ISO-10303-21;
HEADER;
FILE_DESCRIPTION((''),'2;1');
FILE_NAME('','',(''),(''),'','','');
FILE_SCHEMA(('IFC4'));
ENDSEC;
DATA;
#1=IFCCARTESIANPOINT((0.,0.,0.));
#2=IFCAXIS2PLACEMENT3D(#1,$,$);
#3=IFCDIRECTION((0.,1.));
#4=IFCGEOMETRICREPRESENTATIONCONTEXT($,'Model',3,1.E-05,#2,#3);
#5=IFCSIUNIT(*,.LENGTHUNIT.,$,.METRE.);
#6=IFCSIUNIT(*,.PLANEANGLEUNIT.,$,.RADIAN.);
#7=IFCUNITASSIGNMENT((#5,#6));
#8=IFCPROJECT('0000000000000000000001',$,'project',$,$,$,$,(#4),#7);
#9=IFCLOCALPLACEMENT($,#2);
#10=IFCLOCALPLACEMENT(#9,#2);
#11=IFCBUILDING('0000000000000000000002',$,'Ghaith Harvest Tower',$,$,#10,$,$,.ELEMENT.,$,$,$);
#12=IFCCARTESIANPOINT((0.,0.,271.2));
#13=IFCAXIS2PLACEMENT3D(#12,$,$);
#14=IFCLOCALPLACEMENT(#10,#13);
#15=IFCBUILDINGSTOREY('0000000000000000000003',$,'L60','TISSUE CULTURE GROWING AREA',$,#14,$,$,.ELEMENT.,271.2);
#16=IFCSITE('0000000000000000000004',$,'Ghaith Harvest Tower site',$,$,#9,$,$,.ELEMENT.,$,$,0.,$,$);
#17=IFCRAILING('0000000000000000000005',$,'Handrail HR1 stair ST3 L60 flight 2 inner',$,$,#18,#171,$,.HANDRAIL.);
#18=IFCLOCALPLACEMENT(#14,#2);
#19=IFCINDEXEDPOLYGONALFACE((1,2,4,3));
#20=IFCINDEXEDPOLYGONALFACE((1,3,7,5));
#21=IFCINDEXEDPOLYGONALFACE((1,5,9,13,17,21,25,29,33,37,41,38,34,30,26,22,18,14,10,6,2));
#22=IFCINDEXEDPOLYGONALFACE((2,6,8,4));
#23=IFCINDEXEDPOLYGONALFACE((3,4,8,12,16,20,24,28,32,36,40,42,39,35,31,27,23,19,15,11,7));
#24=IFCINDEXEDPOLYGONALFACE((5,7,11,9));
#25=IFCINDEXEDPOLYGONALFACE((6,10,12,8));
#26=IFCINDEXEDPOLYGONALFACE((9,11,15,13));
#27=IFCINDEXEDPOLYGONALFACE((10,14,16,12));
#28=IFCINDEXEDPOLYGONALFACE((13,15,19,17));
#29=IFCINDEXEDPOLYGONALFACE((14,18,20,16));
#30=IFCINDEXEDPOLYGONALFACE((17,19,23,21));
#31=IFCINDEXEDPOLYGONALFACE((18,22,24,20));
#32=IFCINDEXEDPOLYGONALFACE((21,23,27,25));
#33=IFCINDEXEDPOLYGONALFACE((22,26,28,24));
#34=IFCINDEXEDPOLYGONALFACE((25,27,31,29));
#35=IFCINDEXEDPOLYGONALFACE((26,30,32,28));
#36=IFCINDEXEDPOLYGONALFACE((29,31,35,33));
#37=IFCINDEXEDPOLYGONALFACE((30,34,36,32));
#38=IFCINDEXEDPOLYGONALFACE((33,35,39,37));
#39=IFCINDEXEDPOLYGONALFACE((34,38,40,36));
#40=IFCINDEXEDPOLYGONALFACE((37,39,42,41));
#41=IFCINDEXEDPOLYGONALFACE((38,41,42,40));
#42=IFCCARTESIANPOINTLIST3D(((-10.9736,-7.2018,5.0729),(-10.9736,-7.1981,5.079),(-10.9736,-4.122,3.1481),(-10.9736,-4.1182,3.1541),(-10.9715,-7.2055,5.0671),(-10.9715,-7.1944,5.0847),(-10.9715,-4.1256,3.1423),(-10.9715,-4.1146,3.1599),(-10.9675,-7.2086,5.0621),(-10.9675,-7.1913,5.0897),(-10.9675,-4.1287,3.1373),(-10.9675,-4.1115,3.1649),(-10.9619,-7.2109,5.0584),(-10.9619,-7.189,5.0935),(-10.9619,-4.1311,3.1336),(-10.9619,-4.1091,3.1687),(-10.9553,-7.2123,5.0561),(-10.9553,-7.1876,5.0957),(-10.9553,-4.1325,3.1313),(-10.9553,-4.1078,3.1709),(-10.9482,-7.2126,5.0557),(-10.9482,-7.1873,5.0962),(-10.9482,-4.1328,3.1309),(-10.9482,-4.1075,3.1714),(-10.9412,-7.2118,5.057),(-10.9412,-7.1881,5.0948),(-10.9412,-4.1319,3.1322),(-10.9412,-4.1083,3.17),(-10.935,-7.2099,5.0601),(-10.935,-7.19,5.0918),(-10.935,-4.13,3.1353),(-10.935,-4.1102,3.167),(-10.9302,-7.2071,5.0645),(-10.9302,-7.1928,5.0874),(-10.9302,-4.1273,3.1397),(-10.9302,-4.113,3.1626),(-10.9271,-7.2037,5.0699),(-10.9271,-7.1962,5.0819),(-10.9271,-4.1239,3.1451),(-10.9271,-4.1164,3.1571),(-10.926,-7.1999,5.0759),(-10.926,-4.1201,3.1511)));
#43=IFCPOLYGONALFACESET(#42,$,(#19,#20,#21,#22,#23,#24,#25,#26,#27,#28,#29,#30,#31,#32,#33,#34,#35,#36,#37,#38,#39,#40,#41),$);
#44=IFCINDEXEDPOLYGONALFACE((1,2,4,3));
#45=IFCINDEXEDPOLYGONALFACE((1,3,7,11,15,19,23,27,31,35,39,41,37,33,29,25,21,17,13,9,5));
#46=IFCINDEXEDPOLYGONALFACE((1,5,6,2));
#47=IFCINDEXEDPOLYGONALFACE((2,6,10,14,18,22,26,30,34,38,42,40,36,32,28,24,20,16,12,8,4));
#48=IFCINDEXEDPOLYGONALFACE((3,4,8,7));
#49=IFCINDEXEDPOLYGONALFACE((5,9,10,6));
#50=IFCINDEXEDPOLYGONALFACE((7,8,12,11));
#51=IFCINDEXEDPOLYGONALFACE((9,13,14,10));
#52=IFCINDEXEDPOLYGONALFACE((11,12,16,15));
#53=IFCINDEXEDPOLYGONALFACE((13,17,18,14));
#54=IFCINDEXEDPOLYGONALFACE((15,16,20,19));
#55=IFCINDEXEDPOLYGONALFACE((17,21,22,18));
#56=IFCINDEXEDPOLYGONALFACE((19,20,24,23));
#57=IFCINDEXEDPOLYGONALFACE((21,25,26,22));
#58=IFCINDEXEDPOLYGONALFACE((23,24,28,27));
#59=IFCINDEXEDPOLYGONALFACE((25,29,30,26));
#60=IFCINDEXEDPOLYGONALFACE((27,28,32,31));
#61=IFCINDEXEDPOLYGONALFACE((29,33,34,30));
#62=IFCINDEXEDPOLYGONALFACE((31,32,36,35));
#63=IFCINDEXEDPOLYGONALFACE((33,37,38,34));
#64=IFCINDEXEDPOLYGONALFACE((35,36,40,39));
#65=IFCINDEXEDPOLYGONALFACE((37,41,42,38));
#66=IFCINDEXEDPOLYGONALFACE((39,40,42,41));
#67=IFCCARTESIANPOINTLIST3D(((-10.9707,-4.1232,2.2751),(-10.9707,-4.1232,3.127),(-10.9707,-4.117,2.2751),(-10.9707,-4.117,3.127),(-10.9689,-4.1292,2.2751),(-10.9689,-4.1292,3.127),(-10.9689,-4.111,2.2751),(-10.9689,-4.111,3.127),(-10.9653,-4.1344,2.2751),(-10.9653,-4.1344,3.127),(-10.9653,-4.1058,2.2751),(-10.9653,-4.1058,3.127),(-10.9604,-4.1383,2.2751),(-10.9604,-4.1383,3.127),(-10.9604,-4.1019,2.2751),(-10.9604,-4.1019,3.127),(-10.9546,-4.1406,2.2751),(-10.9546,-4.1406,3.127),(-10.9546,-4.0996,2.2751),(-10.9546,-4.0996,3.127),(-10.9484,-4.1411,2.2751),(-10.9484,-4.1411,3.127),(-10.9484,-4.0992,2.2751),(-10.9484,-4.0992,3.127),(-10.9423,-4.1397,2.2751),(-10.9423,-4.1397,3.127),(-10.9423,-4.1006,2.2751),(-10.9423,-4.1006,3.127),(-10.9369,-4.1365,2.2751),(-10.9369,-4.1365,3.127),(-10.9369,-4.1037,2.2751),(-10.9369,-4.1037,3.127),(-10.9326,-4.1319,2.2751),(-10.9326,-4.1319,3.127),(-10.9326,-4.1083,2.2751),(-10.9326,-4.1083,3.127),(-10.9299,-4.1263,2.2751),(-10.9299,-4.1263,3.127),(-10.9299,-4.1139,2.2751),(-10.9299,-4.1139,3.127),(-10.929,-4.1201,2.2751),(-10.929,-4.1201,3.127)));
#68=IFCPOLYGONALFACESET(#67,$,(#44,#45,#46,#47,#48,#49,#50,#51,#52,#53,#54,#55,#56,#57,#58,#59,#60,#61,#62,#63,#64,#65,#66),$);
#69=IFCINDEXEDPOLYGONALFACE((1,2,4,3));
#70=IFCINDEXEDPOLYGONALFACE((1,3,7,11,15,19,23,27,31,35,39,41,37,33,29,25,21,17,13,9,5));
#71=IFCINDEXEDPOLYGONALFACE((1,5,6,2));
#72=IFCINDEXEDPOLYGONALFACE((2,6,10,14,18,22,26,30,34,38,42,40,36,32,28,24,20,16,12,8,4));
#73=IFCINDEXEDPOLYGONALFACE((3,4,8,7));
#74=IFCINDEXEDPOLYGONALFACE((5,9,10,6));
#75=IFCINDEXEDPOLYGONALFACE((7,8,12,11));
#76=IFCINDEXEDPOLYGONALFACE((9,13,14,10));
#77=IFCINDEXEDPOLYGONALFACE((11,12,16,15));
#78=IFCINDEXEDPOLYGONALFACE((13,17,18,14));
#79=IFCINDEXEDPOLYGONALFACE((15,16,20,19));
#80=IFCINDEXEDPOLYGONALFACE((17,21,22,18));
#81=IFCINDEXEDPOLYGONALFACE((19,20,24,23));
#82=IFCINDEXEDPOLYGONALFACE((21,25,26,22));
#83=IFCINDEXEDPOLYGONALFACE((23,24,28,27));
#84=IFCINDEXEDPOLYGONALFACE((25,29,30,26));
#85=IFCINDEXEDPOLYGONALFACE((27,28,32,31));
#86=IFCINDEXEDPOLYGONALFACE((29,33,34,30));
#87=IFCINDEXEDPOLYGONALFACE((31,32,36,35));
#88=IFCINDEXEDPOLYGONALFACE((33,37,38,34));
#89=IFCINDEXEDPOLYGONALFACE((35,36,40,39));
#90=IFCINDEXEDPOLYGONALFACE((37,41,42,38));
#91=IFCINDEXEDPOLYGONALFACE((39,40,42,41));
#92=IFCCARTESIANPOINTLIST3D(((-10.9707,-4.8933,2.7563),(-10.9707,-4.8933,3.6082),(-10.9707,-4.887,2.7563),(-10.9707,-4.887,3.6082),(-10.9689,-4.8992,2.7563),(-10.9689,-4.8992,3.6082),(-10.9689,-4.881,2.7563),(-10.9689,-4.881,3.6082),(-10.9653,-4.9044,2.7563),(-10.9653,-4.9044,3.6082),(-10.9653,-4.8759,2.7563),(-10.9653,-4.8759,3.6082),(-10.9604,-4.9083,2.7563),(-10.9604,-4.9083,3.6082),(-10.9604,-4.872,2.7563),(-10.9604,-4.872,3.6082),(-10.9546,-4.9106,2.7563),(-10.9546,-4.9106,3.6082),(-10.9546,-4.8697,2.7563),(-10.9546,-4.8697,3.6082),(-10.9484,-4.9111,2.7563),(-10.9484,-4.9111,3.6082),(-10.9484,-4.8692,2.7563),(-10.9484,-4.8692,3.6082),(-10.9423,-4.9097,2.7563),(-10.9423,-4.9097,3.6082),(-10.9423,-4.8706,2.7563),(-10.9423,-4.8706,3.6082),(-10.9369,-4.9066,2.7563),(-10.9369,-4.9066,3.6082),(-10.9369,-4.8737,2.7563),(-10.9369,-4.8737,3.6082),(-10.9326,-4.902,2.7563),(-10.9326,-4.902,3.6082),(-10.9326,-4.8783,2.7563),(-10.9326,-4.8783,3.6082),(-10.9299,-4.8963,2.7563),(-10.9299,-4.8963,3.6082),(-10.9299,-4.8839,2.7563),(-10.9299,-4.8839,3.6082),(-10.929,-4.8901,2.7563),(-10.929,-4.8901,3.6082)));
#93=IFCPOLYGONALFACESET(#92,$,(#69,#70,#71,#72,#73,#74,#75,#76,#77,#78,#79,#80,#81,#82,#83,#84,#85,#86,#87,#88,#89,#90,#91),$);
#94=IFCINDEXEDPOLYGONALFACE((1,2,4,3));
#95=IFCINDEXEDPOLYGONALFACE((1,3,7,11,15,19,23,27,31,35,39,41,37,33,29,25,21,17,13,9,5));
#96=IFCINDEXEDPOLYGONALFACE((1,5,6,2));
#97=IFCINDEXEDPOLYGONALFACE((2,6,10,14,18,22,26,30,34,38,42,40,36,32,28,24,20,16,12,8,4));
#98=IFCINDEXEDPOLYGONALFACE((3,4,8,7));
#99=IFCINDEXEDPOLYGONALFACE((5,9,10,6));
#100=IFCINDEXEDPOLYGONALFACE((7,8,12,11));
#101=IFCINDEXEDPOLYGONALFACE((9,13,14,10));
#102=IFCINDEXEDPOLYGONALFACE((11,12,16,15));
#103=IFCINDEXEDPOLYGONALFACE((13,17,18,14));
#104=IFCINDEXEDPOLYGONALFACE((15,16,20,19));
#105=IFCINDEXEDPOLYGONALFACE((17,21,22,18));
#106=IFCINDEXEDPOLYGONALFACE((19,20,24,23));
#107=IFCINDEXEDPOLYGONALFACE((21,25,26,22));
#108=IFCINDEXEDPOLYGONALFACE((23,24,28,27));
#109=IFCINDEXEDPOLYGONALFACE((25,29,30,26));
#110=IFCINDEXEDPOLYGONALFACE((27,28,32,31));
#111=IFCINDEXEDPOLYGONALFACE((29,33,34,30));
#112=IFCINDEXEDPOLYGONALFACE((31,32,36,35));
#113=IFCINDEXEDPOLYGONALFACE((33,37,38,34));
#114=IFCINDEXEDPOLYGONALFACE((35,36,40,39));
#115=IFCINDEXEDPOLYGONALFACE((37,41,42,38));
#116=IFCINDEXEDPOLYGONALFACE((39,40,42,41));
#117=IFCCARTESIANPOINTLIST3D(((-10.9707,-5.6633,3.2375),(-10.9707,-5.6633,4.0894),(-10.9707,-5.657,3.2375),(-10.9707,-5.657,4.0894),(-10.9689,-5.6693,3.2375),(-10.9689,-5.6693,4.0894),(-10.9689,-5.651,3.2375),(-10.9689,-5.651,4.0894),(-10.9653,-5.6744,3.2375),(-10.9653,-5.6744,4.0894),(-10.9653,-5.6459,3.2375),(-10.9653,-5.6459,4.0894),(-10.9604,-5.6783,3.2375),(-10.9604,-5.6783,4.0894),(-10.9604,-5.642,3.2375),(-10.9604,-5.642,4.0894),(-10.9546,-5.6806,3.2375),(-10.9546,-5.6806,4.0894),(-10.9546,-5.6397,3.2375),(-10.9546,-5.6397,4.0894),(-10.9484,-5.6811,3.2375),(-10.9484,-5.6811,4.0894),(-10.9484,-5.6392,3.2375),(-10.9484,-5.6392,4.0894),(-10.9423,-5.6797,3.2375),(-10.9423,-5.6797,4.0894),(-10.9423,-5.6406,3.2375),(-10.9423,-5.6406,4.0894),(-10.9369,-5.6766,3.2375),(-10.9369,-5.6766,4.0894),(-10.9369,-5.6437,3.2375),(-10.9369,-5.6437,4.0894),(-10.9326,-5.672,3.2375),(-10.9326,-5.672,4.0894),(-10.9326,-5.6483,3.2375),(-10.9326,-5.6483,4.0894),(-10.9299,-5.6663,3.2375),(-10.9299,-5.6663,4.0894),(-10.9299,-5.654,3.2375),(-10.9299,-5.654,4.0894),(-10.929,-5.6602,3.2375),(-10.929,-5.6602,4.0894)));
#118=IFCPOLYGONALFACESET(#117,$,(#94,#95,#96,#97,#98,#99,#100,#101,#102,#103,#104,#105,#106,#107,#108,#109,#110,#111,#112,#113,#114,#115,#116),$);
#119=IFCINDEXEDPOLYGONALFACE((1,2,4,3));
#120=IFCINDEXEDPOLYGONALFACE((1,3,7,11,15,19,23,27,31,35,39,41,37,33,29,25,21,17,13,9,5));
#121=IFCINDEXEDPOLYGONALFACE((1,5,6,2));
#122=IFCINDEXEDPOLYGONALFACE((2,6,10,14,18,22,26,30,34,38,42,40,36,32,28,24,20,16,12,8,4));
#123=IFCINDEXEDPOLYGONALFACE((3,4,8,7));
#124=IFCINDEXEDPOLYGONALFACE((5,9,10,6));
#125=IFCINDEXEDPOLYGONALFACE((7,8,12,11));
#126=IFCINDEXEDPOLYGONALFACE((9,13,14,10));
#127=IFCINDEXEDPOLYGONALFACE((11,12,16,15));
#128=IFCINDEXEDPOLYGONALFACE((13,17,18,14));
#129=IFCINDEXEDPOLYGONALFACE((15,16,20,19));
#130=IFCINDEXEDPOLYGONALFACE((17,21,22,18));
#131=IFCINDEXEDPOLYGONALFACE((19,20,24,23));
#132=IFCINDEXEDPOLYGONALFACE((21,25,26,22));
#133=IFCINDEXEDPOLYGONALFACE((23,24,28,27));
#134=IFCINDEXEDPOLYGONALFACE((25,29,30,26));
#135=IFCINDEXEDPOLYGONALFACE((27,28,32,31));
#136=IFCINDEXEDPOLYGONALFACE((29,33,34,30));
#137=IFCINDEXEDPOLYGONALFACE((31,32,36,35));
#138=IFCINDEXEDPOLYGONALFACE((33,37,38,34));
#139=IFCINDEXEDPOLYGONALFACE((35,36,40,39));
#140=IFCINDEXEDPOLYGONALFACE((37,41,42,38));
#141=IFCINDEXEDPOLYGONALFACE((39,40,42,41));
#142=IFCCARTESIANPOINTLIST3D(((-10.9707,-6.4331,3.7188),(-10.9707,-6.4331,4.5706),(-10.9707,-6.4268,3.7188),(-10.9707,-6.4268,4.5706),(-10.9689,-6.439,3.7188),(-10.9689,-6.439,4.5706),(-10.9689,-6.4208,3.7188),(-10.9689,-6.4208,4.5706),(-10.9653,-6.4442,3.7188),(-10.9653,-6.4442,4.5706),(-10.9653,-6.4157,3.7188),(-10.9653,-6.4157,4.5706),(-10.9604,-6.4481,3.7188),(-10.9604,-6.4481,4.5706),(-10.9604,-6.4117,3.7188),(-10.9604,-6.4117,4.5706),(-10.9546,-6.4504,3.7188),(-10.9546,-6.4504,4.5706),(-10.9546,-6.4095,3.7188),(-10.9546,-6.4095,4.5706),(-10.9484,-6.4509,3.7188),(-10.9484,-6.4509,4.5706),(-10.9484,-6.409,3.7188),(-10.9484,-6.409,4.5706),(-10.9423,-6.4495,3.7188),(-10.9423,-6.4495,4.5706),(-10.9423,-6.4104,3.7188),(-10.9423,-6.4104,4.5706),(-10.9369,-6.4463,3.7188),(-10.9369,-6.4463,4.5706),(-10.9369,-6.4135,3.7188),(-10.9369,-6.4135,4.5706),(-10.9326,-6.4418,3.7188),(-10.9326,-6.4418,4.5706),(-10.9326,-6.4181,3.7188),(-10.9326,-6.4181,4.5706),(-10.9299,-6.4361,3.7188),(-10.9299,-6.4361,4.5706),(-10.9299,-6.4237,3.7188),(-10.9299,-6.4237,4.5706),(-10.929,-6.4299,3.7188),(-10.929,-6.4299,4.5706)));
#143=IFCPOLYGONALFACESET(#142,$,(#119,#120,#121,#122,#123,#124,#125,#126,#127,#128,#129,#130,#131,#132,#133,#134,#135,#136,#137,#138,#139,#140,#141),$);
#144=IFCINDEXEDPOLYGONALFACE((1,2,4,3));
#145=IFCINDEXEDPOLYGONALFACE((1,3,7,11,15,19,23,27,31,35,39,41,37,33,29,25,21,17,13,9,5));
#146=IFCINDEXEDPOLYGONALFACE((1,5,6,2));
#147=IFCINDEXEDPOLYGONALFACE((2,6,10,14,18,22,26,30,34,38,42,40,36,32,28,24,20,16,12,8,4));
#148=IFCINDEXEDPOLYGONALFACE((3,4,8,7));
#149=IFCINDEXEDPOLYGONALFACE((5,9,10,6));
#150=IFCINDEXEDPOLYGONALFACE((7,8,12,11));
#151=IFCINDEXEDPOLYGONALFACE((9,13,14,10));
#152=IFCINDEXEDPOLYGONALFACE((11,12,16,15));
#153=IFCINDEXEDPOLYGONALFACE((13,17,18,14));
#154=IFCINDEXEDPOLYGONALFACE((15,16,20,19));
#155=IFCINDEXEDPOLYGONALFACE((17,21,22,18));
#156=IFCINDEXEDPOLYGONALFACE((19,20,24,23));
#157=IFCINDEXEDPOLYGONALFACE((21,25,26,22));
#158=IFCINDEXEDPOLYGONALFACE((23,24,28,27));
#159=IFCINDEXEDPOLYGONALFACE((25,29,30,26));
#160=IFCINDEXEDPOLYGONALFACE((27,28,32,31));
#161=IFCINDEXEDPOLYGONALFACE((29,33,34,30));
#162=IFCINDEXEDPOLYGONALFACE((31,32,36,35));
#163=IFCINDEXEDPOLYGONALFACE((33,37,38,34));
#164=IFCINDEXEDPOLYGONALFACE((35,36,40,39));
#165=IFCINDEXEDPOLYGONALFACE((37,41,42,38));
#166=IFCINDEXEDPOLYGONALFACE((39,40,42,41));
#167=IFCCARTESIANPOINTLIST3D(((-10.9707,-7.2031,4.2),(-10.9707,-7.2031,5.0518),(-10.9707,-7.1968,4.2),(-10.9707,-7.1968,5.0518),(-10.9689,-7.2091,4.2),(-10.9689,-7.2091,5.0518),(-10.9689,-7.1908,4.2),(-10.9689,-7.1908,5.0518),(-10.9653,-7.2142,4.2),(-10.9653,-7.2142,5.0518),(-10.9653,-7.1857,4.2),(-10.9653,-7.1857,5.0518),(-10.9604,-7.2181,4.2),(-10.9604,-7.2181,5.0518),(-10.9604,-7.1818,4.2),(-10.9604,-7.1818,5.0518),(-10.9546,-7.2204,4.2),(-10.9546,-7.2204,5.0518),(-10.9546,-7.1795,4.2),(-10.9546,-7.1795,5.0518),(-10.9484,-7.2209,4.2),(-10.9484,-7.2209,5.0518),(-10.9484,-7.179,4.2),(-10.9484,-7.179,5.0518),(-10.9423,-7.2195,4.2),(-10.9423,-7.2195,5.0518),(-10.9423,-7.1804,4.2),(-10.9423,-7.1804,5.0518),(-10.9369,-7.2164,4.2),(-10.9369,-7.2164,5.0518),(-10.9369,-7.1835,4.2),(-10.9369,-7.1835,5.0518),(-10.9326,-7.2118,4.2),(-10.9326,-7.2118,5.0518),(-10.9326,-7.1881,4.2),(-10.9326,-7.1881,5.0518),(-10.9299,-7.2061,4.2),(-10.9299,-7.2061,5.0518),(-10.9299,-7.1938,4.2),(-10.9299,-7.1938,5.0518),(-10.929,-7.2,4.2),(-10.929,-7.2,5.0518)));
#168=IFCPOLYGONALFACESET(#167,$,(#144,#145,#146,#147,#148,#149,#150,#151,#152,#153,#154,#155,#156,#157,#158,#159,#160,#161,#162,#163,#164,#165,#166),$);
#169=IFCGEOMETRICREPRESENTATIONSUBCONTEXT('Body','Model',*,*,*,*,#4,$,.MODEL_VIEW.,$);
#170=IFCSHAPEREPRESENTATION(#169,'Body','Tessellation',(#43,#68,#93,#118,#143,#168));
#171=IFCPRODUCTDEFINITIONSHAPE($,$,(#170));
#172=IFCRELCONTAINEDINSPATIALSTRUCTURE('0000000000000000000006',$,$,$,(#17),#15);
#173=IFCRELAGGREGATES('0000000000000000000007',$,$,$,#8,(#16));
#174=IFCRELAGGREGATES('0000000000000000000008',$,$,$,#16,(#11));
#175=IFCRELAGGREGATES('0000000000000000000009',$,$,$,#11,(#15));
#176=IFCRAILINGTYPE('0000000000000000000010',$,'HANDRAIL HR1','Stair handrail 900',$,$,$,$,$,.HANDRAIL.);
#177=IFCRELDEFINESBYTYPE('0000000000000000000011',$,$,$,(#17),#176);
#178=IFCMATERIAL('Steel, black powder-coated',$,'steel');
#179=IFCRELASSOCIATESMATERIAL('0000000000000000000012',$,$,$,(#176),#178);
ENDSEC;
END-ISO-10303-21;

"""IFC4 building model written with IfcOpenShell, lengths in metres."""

from ifc_helpers import new_model, si_unit, direction, frame, origin, origin_2d, place, context, subcontext, project, spatial, circle, extrude, material, type_object, element, save


model = new_model("IFC4")

# Units and contexts
model_context = context("Model", 3, precision=1e-05, world=origin(), true_north=direction((0.0, 1.0)))
body_context = subcontext(model_context, "Body", "Model", "MODEL_VIEW")
ifc_project = project(units=[si_unit("LENGTHUNIT", "METRE"), si_unit("PLANEANGLEUNIT", "RADIAN")], contexts=[model_context])

# Site, building, storey
site_placement = place(None, origin())
site = spatial("IfcSite", under=ifc_project, at=site_placement, Name="Ghaith Harvest Tower site", CompositionType="ELEMENT", RefElevation=0.0)
building_placement = place(site_placement, origin())
building = spatial("IfcBuilding", under=site, at=building_placement, Name="Ghaith Harvest Tower", CompositionType="ELEMENT")
storey_placement = place(building_placement, frame((0.0, 0.0, 271.2)))
storey = spatial("IfcBuildingStorey", under=building, at=storey_placement, Name="L60", Description="TISSUE CULTURE GROWING AREA", CompositionType="ELEMENT", Elevation=271.2)

# Railing
ifc_material_1 = material(Name="Steel, black powder-coated", Category="steel")
railing_type = type_object("IfcRailingType", Name="HANDRAIL HR1", Description="Stair handrail 900", PredefinedType="HANDRAIL", material=ifc_material_1)
railing_1_placement = place(storey_placement, frame((-10.95, -4.1201, 2.2751)))
element("IfcRailing", 1, at=railing_1_placement, inside=storey, type_object=railing_type, Name="Handrail HR1 stair ST3 L60 flight 2 inner", PredefinedType="HANDRAIL", context=body_context, shape_type="SweptSolid", body=[
    extrude(circle(Radius=0.0239, at=origin_2d()), frame((0.0, 0.0, 0.876), z_axis=(0.0, -0.84801, 0.529981), x_axis=(1.0, 0.0, 0.0)), (0.0, 0.0, 1.0), 3.6318),
    extrude(circle(Radius=0.021, at=origin_2d()), origin(), (0.0, 0.0, 1.0), 0.8518),
    extrude(circle(Radius=0.021, at=origin_2d()), frame((0.0, -0.77, 0.4812)), (0.0, 0.0, 1.0), 0.8518),
    extrude(circle(Radius=0.021, at=origin_2d()), frame((0.0, -1.54, 0.9624)), (0.0, 0.0, 1.0), 0.8518),
    extrude(circle(Radius=0.021, at=origin_2d()), frame((0.0, -2.3098, 1.4436)), (0.0, 0.0, 1.0), 0.8518),
    extrude(circle(Radius=0.021, at=origin_2d()), frame((0.0, -3.0798, 1.9248)), (0.0, 0.0, 1.0), 0.8518),
])

save(model, "model.ifc")
